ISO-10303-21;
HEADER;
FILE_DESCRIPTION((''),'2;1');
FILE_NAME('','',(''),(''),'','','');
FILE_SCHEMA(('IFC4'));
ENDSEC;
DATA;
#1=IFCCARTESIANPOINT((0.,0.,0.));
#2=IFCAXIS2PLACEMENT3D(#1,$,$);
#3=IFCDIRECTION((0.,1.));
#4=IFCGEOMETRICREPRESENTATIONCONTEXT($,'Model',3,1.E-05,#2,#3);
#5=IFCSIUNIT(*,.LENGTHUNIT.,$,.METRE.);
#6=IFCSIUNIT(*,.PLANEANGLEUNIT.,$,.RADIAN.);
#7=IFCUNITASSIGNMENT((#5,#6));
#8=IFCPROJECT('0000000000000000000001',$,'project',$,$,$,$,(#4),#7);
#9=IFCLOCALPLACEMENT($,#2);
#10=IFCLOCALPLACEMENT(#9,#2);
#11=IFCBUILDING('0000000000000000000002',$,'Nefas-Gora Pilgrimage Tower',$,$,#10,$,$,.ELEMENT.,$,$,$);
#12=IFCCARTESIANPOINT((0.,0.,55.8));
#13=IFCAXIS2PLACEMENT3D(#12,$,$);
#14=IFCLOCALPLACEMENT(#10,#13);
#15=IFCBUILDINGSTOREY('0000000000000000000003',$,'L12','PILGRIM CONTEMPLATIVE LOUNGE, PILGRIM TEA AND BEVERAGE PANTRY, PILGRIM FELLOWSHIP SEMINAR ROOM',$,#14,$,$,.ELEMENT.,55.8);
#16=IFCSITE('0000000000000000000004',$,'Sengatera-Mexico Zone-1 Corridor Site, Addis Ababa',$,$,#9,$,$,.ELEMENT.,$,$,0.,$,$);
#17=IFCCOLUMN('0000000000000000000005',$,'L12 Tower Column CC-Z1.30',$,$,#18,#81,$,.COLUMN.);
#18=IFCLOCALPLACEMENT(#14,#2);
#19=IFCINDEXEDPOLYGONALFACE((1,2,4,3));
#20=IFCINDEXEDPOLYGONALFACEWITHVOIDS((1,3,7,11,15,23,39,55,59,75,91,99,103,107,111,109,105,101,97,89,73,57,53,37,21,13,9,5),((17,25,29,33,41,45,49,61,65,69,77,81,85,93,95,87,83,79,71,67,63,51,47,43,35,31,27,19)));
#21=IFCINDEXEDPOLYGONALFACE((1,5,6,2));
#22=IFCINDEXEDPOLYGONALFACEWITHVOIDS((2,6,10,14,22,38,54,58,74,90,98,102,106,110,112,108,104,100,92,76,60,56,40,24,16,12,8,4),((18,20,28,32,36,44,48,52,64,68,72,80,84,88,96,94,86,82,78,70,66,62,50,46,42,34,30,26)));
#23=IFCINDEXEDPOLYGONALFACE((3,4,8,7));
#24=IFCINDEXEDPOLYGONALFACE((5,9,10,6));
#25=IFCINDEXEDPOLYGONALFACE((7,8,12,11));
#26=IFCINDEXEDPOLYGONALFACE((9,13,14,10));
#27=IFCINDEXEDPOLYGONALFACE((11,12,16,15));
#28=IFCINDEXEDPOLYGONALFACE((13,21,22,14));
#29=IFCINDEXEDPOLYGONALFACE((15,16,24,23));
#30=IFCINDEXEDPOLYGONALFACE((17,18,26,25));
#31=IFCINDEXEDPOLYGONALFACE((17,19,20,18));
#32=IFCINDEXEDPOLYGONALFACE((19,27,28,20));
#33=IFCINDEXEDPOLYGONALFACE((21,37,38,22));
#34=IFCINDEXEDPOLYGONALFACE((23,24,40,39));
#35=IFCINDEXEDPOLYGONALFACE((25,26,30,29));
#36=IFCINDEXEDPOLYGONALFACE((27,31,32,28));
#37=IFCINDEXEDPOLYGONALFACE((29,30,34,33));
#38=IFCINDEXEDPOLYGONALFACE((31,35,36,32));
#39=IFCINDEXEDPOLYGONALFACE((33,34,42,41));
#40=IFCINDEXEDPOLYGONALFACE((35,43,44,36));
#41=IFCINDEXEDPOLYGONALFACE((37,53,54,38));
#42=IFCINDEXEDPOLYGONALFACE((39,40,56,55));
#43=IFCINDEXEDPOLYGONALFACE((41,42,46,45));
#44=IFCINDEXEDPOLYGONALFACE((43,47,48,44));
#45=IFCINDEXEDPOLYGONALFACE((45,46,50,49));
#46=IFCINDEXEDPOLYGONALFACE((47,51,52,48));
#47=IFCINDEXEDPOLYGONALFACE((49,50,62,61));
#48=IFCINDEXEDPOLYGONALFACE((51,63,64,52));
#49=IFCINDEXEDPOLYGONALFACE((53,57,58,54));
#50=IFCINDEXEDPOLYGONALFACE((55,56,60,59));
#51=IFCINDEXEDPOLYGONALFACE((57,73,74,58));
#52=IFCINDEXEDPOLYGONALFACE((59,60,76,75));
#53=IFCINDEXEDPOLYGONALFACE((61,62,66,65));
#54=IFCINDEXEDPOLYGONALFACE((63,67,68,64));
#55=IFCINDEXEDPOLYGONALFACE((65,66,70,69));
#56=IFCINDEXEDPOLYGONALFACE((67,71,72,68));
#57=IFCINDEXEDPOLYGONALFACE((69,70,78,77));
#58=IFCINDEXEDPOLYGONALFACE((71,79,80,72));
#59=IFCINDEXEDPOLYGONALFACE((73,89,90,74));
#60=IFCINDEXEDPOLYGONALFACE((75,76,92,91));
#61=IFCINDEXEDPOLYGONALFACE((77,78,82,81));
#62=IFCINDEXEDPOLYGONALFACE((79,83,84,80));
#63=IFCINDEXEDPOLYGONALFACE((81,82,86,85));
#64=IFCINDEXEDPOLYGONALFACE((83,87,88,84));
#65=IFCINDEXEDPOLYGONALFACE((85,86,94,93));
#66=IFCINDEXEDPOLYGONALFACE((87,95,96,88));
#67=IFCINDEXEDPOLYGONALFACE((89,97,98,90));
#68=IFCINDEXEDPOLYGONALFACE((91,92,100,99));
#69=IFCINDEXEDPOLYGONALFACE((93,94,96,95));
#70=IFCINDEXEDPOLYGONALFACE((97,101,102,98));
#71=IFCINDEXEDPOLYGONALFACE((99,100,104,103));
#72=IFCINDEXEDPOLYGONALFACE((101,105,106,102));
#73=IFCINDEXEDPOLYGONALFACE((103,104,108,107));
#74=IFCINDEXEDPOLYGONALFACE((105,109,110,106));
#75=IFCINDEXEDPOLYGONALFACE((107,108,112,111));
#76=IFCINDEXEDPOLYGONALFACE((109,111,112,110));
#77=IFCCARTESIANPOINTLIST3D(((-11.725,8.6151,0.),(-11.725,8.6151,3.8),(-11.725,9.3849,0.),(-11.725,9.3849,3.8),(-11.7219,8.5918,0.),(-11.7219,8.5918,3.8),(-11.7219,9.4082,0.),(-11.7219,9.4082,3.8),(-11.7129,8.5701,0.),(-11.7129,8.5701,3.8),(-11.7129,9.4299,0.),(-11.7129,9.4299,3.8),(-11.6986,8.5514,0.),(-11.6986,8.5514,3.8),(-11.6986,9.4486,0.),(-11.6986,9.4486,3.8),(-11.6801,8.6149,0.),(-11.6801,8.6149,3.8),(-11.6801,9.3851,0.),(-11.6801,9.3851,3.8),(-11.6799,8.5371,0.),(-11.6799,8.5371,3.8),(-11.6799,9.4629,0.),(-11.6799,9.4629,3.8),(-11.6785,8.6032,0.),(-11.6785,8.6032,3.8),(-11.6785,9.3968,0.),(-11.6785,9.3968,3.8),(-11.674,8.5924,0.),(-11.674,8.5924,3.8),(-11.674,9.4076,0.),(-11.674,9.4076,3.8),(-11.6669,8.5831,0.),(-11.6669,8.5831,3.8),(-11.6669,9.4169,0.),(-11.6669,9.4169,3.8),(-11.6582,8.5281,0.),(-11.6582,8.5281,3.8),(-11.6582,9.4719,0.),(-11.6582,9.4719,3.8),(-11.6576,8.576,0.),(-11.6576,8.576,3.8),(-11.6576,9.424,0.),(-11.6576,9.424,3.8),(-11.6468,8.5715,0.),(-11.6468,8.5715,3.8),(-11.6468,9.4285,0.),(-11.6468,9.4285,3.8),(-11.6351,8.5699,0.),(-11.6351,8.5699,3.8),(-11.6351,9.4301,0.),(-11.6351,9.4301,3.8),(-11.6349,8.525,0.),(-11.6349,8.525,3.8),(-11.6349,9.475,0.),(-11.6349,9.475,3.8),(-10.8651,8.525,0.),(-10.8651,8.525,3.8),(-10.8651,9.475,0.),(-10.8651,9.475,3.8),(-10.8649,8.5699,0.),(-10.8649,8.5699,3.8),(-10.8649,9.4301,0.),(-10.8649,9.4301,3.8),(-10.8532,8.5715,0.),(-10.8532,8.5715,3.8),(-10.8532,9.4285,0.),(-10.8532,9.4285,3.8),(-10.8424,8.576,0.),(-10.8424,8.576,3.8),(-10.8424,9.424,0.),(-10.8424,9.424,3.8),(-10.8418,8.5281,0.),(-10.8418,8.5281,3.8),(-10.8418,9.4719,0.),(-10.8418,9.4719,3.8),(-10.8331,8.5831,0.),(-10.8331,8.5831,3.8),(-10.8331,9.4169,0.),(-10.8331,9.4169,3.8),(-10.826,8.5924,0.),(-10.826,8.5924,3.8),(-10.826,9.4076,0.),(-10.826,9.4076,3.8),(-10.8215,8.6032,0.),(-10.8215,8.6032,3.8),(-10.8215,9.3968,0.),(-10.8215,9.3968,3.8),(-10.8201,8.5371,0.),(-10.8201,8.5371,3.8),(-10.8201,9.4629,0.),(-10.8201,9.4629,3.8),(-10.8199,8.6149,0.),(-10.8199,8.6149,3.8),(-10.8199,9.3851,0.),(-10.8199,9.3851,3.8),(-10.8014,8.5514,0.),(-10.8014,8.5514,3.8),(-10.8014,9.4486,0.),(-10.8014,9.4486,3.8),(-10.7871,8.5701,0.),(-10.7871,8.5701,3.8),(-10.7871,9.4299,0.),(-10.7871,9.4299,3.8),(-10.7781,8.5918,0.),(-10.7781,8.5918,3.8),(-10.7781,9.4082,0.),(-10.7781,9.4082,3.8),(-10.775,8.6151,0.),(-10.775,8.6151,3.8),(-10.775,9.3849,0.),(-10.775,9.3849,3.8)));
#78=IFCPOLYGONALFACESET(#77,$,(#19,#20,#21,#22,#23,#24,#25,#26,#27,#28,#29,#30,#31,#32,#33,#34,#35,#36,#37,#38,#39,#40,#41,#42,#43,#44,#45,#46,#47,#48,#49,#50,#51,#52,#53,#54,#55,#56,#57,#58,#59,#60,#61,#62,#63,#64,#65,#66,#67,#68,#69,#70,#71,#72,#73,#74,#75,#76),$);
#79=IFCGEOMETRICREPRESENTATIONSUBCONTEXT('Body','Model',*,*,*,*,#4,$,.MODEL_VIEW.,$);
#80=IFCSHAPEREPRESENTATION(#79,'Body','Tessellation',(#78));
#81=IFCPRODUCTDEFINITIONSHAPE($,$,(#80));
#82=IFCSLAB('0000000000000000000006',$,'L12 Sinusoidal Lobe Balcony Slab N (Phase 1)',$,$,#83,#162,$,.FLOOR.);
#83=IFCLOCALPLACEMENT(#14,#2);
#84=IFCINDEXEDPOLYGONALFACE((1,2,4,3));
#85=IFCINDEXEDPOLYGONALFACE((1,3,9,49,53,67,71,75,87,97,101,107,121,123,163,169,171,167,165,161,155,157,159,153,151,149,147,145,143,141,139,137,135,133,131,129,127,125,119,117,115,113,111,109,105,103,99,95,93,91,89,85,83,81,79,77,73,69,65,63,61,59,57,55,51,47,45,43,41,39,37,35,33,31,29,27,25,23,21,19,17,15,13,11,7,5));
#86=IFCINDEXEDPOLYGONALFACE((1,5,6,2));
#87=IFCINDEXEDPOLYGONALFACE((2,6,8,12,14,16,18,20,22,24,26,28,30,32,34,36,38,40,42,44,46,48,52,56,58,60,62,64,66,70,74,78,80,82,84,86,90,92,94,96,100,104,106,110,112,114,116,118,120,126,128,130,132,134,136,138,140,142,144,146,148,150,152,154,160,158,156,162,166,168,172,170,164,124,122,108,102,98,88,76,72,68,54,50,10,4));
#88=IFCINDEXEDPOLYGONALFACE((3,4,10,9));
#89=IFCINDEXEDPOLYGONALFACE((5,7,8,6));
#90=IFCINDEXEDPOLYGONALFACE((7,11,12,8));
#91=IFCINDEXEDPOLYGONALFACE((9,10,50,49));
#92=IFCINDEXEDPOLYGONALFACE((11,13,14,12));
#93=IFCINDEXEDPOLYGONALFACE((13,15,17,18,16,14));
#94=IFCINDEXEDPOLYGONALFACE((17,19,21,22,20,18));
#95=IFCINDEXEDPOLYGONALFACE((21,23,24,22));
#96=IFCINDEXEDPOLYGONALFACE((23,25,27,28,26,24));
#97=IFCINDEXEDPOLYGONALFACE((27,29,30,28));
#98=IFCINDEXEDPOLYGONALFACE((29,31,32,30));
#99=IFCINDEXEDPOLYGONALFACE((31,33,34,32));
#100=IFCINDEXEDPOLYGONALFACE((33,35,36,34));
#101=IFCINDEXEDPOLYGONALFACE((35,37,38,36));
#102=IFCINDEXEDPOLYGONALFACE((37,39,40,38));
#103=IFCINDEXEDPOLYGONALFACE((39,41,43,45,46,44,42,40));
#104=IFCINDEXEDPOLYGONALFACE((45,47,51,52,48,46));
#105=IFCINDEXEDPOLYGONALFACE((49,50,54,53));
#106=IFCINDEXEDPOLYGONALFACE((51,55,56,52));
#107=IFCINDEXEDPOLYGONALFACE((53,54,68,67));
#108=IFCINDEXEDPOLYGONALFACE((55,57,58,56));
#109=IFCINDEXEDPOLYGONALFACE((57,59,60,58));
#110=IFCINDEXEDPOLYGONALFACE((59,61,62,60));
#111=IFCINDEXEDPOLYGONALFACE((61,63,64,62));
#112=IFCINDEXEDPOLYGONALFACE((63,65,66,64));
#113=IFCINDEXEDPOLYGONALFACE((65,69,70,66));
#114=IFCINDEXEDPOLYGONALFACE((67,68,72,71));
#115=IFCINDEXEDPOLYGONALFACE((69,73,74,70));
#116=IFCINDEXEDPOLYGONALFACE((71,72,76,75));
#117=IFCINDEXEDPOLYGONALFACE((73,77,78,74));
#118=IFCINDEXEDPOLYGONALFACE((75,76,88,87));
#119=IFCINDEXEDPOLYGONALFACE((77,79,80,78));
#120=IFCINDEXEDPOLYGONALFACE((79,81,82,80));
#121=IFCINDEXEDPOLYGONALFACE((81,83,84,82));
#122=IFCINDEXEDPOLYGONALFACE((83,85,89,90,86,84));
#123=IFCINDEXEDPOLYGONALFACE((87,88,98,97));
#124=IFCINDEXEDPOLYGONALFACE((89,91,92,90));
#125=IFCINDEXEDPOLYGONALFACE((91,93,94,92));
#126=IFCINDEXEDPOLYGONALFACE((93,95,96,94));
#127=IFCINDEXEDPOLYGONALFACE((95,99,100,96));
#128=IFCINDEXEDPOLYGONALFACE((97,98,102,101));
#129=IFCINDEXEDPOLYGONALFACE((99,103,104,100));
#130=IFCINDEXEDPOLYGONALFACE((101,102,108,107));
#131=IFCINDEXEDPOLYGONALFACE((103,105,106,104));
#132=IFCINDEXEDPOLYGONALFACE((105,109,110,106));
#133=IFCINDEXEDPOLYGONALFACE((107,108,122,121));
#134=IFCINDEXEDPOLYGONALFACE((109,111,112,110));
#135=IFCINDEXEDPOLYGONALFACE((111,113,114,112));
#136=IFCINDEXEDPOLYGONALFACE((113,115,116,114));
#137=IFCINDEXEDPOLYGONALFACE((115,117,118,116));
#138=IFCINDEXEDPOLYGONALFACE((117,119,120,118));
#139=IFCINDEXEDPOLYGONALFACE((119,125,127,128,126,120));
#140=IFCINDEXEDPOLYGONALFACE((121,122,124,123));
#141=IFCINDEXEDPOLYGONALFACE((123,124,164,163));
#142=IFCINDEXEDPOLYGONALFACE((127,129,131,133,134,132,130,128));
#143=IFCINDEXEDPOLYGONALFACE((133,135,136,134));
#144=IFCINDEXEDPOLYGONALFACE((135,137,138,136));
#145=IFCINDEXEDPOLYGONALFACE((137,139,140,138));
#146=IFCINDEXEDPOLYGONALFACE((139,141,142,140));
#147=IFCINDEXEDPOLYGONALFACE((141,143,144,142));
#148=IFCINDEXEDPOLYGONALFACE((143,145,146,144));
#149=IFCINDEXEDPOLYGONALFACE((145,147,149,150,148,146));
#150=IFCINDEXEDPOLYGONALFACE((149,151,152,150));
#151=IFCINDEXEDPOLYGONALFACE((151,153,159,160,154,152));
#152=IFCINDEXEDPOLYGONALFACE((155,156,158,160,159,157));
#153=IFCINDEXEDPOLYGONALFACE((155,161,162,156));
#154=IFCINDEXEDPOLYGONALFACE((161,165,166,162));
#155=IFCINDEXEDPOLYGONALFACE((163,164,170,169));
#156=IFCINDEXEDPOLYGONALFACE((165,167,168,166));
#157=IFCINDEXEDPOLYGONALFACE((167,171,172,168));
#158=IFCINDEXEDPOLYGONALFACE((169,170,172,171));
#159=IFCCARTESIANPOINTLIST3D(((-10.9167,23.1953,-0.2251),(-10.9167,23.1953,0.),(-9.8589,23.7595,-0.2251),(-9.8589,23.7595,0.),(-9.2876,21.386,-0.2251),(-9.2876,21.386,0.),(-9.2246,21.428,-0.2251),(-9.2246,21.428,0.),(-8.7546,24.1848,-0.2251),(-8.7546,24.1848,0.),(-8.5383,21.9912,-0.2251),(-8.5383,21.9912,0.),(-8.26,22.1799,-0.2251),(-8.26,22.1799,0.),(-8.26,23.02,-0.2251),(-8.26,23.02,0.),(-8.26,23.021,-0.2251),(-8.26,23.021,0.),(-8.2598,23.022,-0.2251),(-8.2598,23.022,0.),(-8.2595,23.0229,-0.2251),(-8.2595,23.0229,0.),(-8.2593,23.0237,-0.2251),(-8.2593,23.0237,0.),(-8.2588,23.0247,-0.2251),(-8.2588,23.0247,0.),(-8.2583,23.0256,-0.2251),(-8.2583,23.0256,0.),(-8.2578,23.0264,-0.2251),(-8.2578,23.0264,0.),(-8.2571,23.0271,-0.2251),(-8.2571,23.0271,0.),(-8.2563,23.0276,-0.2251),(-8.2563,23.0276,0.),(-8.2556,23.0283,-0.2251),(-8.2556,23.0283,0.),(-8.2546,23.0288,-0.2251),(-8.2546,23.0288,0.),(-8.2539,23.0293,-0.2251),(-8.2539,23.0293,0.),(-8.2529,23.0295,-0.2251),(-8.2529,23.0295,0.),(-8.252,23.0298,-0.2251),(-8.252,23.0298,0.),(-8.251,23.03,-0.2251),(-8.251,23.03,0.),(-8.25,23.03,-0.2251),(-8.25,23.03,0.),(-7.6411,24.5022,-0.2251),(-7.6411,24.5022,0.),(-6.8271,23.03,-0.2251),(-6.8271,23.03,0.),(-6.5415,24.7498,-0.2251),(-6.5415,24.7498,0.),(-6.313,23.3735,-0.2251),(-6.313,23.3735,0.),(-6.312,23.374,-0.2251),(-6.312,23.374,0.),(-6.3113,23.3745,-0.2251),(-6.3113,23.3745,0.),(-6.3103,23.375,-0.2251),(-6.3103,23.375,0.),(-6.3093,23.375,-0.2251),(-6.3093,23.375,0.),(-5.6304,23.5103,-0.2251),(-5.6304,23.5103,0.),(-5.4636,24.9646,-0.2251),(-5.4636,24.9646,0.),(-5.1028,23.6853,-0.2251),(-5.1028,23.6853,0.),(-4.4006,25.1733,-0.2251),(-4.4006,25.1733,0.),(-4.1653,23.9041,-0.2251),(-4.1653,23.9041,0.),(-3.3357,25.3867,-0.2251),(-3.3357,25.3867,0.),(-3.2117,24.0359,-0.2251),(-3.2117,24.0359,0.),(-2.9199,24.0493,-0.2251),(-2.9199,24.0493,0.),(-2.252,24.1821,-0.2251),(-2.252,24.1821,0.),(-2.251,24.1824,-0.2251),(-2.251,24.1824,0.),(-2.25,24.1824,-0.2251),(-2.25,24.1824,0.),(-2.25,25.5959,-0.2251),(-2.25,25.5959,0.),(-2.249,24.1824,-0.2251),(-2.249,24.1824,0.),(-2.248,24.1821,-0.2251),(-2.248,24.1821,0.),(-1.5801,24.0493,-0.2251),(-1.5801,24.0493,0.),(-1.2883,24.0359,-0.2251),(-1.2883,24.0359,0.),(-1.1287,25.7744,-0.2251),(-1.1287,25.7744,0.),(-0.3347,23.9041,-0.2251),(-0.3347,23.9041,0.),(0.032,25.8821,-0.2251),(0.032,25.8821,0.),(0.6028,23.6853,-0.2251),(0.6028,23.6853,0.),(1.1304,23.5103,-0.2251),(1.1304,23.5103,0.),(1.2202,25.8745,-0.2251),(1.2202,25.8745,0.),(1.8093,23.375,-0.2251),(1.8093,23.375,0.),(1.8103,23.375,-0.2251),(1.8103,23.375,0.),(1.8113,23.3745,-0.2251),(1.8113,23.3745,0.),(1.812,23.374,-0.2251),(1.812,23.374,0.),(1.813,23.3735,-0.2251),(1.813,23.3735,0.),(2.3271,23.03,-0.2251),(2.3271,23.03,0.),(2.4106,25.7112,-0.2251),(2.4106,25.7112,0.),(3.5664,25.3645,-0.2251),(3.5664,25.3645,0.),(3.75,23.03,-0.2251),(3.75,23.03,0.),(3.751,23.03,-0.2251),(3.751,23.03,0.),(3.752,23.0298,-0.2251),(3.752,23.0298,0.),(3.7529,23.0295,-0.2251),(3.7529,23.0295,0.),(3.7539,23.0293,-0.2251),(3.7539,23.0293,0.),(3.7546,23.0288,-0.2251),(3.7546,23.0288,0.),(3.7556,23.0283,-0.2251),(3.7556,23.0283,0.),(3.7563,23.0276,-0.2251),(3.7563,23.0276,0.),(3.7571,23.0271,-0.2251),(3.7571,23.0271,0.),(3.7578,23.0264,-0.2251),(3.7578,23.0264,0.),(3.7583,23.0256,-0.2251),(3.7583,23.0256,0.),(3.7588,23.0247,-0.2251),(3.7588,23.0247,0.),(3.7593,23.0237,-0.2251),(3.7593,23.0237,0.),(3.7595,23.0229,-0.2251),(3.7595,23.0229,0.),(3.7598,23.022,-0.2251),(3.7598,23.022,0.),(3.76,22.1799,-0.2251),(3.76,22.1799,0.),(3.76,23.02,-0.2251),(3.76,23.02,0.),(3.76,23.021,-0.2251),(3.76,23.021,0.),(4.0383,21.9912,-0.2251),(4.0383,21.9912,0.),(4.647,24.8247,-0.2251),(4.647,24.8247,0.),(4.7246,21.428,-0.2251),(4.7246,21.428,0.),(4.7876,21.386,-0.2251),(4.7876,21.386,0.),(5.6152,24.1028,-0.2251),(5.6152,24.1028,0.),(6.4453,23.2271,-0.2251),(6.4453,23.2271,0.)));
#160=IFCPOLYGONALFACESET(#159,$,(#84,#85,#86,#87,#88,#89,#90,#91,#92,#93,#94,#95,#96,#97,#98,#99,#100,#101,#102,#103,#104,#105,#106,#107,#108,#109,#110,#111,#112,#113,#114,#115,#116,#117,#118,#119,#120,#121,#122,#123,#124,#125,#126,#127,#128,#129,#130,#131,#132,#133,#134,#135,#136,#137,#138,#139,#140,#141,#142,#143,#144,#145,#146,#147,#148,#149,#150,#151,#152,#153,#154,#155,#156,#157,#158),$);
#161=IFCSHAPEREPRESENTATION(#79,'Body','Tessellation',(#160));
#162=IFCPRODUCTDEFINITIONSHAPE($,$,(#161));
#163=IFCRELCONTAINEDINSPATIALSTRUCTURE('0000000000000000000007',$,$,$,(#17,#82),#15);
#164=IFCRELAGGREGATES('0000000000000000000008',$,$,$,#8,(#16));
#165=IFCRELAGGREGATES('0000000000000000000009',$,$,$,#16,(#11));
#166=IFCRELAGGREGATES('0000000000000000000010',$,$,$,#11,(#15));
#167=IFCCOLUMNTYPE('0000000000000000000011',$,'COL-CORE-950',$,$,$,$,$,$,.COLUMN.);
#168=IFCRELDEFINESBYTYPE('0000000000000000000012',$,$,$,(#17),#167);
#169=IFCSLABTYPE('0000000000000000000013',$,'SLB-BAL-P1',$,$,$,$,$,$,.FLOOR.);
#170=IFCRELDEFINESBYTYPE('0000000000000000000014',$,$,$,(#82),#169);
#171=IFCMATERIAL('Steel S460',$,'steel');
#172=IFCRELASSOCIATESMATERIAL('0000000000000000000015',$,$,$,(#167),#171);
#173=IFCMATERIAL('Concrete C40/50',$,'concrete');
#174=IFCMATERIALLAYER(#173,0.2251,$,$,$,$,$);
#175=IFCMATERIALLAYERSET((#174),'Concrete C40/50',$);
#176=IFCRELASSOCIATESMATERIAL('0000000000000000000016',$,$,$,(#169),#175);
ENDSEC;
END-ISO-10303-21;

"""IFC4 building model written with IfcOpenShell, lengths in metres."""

from ifc_helpers import new_model, si_unit, direction, frame, origin, origin_2d, place, context, subcontext, project, spatial, polyline, hollow_rectangle, outline, extrude, source, transform, mapped, material, layer, layer_set, material_profile, profile_set, type_object, element, save


model = new_model("IFC4")

# Units and contexts
model_context = context("Model", 3, precision=1e-05, world=origin(), true_north=direction((0.0, 1.0)))
body_context = subcontext(model_context, "Body", "Model", "MODEL_VIEW")
ifc_project = project(units=[si_unit("LENGTHUNIT", "METRE"), si_unit("PLANEANGLEUNIT", "RADIAN")], contexts=[model_context])

# Site, building, storey
site_placement = place(None, origin())
site = spatial("IfcSite", under=ifc_project, at=site_placement, Name="Sengatera-Mexico Zone-1 Corridor Site, Addis Ababa", CompositionType="ELEMENT", RefElevation=0.0)
building_placement = place(site_placement, origin())
building = spatial("IfcBuilding", under=site, at=building_placement, Name="Nefas-Gora Pilgrimage Tower", CompositionType="ELEMENT")
storey_placement = place(building_placement, frame((0.0, 0.0, 55.8)))
storey = spatial("IfcBuildingStorey", under=building, at=storey_placement, Name="L12", Description="PILGRIM CONTEMPLATIVE LOUNGE, PILGRIM TEA AND BEVERAGE PANTRY, PILGRIM FELLOWSHIP SEMINAR ROOM", CompositionType="ELEMENT", Elevation=55.8)

# Column
ifc_material_1 = material(Name="Steel S460", Category="steel")
ifc_material_profile = material_profile(ifc_material_1, hollow_rectangle(XDim=0.95, YDim=0.95, WallThickness=0.0449, InnerFilletRadius=0.0449, OuterFilletRadius=0.0901, at=origin_2d()), Name="BOX 950x950x45")
ifc_profile_set = profile_set([ifc_material_profile], Name="Steel S460")
column_type = type_object("IfcColumnType", Name="COL-CORE-950", PredefinedType="COLUMN", material=ifc_profile_set)
shared_shape_1 = source(origin(), body_context, "Body", "SweptSolid", [
    extrude(hollow_rectangle(XDim=0.95, YDim=0.95, WallThickness=0.0449, InnerFilletRadius=0.0449, OuterFilletRadius=0.0901, at=origin_2d()), origin(), (0.0, 0.0, 1.0), 3.8),
])
column_placement = place(storey_placement, frame((-11.25, 9.0, 0.0), z_axis=(0.0, 0.0, 1.0), x_axis=(1.0, 0.0, 0.0)))
element("IfcColumn", 1, at=column_placement, inside=storey, type_object=column_type, Name="L12 Tower Column CC-Z1.30", PredefinedType="COLUMN", context=body_context, shape_type="MappedRepresentation", body=[
    mapped(shared_shape_1, transform((0.0, 0.0, 0.0), x_axis=(1.0, 0.0, 0.0), y_axis=(0.0, 1.0, 0.0), z_axis=(0.0, 0.0, 1.0), scale=1.0)),
])

# Slab
ifc_material_2 = material(Name="Concrete C40/50", Category="concrete")
ifc_layer_1 = layer(ifc_material_2, 0.2251)
ifc_layer_set_1 = layer_set([ifc_layer_1], Name="Concrete C40/50")
slab_type_1 = type_object("IfcSlabType", Name="SLB-BAL-P1", PredefinedType="FLOOR", material=ifc_layer_set_1)
slab_1_placement = place(storey_placement, frame((0.0, 0.0, -0.2251)))
element("IfcSlab", 2, at=slab_1_placement, inside=storey, type_object=slab_type_1, Name="L12 Sinusoidal Lobe Balcony Slab N (Phase 1)", PredefinedType="FLOOR", context=body_context, shape_type="SweptSolid", body=[
    extrude(outline(polyline([(-9.2876, 21.386), (-9.2246, 21.428), (-8.5383, 21.9912), (-8.26, 22.1799), (-8.26, 23.02), (-8.26, 23.021), (-8.2598, 23.022), (-8.2595, 23.0229), (-8.2593, 23.0237), (-8.2588, 23.0247), (-8.2583, 23.0256), (-8.2578, 23.0264), (-8.2571, 23.0271), (-8.2563, 23.0276), (-8.2556, 23.0283), (-8.2546, 23.0288), (-8.2539, 23.0293), (-8.2529, 23.0295), (-8.252, 23.0298), (-8.251, 23.03), (-8.25, 23.03), (-6.8271, 23.03), (-6.313, 23.3735), (-6.312, 23.374), (-6.3113, 23.3745), (-6.3103, 23.375), (-6.3093, 23.375), (-5.6304, 23.5103), (-5.1028, 23.6853), (-4.1653, 23.9041), (-3.2117, 24.0359), (-2.9199, 24.0493), (-2.252, 24.1821), (-2.251, 24.1824), (-2.25, 24.1824), (-2.249, 24.1824), (-2.248, 24.1821), (-1.5801, 24.0493), (-1.2883, 24.0359), (-0.3347, 23.9041), (0.6028, 23.6853), (1.1304, 23.5103), (1.8093, 23.375), (1.8103, 23.375), (1.8113, 23.3745), (1.812, 23.374), (1.813, 23.3735), (2.3271, 23.03), (3.75, 23.03), (3.751, 23.03), (3.752, 23.0298), (3.7529, 23.0295), (3.7539, 23.0293), (3.7546, 23.0288), (3.7556, 23.0283), (3.7563, 23.0276), (3.7571, 23.0271), (3.7578, 23.0264), (3.7583, 23.0256), (3.7588, 23.0247), (3.7593, 23.0237), (3.7595, 23.0229), (3.7598, 23.022), (3.76, 23.021), (3.76, 23.02), (3.76, 22.1799), (4.0383, 21.9912), (4.7246, 21.428), (4.7876, 21.386), (6.4453, 23.2271), (5.6152, 24.1028), (4.647, 24.8247), (3.5664, 25.3645), (2.4106, 25.7112), (1.2202, 25.8745), (0.032, 25.8821), (-1.1287, 25.7744), (-2.25, 25.5959), (-3.3357, 25.3867), (-4.4006, 25.1733), (-5.4636, 24.9646), (-6.5415, 24.7498), (-7.6411, 24.5022), (-8.7546, 24.1848), (-9.8589, 23.7595), (-10.9167, 23.1953), (-9.2876, 21.386)])), origin(), (0.0, 0.0, 1.0), 0.2251),
])

save(model, "model.ifc")
